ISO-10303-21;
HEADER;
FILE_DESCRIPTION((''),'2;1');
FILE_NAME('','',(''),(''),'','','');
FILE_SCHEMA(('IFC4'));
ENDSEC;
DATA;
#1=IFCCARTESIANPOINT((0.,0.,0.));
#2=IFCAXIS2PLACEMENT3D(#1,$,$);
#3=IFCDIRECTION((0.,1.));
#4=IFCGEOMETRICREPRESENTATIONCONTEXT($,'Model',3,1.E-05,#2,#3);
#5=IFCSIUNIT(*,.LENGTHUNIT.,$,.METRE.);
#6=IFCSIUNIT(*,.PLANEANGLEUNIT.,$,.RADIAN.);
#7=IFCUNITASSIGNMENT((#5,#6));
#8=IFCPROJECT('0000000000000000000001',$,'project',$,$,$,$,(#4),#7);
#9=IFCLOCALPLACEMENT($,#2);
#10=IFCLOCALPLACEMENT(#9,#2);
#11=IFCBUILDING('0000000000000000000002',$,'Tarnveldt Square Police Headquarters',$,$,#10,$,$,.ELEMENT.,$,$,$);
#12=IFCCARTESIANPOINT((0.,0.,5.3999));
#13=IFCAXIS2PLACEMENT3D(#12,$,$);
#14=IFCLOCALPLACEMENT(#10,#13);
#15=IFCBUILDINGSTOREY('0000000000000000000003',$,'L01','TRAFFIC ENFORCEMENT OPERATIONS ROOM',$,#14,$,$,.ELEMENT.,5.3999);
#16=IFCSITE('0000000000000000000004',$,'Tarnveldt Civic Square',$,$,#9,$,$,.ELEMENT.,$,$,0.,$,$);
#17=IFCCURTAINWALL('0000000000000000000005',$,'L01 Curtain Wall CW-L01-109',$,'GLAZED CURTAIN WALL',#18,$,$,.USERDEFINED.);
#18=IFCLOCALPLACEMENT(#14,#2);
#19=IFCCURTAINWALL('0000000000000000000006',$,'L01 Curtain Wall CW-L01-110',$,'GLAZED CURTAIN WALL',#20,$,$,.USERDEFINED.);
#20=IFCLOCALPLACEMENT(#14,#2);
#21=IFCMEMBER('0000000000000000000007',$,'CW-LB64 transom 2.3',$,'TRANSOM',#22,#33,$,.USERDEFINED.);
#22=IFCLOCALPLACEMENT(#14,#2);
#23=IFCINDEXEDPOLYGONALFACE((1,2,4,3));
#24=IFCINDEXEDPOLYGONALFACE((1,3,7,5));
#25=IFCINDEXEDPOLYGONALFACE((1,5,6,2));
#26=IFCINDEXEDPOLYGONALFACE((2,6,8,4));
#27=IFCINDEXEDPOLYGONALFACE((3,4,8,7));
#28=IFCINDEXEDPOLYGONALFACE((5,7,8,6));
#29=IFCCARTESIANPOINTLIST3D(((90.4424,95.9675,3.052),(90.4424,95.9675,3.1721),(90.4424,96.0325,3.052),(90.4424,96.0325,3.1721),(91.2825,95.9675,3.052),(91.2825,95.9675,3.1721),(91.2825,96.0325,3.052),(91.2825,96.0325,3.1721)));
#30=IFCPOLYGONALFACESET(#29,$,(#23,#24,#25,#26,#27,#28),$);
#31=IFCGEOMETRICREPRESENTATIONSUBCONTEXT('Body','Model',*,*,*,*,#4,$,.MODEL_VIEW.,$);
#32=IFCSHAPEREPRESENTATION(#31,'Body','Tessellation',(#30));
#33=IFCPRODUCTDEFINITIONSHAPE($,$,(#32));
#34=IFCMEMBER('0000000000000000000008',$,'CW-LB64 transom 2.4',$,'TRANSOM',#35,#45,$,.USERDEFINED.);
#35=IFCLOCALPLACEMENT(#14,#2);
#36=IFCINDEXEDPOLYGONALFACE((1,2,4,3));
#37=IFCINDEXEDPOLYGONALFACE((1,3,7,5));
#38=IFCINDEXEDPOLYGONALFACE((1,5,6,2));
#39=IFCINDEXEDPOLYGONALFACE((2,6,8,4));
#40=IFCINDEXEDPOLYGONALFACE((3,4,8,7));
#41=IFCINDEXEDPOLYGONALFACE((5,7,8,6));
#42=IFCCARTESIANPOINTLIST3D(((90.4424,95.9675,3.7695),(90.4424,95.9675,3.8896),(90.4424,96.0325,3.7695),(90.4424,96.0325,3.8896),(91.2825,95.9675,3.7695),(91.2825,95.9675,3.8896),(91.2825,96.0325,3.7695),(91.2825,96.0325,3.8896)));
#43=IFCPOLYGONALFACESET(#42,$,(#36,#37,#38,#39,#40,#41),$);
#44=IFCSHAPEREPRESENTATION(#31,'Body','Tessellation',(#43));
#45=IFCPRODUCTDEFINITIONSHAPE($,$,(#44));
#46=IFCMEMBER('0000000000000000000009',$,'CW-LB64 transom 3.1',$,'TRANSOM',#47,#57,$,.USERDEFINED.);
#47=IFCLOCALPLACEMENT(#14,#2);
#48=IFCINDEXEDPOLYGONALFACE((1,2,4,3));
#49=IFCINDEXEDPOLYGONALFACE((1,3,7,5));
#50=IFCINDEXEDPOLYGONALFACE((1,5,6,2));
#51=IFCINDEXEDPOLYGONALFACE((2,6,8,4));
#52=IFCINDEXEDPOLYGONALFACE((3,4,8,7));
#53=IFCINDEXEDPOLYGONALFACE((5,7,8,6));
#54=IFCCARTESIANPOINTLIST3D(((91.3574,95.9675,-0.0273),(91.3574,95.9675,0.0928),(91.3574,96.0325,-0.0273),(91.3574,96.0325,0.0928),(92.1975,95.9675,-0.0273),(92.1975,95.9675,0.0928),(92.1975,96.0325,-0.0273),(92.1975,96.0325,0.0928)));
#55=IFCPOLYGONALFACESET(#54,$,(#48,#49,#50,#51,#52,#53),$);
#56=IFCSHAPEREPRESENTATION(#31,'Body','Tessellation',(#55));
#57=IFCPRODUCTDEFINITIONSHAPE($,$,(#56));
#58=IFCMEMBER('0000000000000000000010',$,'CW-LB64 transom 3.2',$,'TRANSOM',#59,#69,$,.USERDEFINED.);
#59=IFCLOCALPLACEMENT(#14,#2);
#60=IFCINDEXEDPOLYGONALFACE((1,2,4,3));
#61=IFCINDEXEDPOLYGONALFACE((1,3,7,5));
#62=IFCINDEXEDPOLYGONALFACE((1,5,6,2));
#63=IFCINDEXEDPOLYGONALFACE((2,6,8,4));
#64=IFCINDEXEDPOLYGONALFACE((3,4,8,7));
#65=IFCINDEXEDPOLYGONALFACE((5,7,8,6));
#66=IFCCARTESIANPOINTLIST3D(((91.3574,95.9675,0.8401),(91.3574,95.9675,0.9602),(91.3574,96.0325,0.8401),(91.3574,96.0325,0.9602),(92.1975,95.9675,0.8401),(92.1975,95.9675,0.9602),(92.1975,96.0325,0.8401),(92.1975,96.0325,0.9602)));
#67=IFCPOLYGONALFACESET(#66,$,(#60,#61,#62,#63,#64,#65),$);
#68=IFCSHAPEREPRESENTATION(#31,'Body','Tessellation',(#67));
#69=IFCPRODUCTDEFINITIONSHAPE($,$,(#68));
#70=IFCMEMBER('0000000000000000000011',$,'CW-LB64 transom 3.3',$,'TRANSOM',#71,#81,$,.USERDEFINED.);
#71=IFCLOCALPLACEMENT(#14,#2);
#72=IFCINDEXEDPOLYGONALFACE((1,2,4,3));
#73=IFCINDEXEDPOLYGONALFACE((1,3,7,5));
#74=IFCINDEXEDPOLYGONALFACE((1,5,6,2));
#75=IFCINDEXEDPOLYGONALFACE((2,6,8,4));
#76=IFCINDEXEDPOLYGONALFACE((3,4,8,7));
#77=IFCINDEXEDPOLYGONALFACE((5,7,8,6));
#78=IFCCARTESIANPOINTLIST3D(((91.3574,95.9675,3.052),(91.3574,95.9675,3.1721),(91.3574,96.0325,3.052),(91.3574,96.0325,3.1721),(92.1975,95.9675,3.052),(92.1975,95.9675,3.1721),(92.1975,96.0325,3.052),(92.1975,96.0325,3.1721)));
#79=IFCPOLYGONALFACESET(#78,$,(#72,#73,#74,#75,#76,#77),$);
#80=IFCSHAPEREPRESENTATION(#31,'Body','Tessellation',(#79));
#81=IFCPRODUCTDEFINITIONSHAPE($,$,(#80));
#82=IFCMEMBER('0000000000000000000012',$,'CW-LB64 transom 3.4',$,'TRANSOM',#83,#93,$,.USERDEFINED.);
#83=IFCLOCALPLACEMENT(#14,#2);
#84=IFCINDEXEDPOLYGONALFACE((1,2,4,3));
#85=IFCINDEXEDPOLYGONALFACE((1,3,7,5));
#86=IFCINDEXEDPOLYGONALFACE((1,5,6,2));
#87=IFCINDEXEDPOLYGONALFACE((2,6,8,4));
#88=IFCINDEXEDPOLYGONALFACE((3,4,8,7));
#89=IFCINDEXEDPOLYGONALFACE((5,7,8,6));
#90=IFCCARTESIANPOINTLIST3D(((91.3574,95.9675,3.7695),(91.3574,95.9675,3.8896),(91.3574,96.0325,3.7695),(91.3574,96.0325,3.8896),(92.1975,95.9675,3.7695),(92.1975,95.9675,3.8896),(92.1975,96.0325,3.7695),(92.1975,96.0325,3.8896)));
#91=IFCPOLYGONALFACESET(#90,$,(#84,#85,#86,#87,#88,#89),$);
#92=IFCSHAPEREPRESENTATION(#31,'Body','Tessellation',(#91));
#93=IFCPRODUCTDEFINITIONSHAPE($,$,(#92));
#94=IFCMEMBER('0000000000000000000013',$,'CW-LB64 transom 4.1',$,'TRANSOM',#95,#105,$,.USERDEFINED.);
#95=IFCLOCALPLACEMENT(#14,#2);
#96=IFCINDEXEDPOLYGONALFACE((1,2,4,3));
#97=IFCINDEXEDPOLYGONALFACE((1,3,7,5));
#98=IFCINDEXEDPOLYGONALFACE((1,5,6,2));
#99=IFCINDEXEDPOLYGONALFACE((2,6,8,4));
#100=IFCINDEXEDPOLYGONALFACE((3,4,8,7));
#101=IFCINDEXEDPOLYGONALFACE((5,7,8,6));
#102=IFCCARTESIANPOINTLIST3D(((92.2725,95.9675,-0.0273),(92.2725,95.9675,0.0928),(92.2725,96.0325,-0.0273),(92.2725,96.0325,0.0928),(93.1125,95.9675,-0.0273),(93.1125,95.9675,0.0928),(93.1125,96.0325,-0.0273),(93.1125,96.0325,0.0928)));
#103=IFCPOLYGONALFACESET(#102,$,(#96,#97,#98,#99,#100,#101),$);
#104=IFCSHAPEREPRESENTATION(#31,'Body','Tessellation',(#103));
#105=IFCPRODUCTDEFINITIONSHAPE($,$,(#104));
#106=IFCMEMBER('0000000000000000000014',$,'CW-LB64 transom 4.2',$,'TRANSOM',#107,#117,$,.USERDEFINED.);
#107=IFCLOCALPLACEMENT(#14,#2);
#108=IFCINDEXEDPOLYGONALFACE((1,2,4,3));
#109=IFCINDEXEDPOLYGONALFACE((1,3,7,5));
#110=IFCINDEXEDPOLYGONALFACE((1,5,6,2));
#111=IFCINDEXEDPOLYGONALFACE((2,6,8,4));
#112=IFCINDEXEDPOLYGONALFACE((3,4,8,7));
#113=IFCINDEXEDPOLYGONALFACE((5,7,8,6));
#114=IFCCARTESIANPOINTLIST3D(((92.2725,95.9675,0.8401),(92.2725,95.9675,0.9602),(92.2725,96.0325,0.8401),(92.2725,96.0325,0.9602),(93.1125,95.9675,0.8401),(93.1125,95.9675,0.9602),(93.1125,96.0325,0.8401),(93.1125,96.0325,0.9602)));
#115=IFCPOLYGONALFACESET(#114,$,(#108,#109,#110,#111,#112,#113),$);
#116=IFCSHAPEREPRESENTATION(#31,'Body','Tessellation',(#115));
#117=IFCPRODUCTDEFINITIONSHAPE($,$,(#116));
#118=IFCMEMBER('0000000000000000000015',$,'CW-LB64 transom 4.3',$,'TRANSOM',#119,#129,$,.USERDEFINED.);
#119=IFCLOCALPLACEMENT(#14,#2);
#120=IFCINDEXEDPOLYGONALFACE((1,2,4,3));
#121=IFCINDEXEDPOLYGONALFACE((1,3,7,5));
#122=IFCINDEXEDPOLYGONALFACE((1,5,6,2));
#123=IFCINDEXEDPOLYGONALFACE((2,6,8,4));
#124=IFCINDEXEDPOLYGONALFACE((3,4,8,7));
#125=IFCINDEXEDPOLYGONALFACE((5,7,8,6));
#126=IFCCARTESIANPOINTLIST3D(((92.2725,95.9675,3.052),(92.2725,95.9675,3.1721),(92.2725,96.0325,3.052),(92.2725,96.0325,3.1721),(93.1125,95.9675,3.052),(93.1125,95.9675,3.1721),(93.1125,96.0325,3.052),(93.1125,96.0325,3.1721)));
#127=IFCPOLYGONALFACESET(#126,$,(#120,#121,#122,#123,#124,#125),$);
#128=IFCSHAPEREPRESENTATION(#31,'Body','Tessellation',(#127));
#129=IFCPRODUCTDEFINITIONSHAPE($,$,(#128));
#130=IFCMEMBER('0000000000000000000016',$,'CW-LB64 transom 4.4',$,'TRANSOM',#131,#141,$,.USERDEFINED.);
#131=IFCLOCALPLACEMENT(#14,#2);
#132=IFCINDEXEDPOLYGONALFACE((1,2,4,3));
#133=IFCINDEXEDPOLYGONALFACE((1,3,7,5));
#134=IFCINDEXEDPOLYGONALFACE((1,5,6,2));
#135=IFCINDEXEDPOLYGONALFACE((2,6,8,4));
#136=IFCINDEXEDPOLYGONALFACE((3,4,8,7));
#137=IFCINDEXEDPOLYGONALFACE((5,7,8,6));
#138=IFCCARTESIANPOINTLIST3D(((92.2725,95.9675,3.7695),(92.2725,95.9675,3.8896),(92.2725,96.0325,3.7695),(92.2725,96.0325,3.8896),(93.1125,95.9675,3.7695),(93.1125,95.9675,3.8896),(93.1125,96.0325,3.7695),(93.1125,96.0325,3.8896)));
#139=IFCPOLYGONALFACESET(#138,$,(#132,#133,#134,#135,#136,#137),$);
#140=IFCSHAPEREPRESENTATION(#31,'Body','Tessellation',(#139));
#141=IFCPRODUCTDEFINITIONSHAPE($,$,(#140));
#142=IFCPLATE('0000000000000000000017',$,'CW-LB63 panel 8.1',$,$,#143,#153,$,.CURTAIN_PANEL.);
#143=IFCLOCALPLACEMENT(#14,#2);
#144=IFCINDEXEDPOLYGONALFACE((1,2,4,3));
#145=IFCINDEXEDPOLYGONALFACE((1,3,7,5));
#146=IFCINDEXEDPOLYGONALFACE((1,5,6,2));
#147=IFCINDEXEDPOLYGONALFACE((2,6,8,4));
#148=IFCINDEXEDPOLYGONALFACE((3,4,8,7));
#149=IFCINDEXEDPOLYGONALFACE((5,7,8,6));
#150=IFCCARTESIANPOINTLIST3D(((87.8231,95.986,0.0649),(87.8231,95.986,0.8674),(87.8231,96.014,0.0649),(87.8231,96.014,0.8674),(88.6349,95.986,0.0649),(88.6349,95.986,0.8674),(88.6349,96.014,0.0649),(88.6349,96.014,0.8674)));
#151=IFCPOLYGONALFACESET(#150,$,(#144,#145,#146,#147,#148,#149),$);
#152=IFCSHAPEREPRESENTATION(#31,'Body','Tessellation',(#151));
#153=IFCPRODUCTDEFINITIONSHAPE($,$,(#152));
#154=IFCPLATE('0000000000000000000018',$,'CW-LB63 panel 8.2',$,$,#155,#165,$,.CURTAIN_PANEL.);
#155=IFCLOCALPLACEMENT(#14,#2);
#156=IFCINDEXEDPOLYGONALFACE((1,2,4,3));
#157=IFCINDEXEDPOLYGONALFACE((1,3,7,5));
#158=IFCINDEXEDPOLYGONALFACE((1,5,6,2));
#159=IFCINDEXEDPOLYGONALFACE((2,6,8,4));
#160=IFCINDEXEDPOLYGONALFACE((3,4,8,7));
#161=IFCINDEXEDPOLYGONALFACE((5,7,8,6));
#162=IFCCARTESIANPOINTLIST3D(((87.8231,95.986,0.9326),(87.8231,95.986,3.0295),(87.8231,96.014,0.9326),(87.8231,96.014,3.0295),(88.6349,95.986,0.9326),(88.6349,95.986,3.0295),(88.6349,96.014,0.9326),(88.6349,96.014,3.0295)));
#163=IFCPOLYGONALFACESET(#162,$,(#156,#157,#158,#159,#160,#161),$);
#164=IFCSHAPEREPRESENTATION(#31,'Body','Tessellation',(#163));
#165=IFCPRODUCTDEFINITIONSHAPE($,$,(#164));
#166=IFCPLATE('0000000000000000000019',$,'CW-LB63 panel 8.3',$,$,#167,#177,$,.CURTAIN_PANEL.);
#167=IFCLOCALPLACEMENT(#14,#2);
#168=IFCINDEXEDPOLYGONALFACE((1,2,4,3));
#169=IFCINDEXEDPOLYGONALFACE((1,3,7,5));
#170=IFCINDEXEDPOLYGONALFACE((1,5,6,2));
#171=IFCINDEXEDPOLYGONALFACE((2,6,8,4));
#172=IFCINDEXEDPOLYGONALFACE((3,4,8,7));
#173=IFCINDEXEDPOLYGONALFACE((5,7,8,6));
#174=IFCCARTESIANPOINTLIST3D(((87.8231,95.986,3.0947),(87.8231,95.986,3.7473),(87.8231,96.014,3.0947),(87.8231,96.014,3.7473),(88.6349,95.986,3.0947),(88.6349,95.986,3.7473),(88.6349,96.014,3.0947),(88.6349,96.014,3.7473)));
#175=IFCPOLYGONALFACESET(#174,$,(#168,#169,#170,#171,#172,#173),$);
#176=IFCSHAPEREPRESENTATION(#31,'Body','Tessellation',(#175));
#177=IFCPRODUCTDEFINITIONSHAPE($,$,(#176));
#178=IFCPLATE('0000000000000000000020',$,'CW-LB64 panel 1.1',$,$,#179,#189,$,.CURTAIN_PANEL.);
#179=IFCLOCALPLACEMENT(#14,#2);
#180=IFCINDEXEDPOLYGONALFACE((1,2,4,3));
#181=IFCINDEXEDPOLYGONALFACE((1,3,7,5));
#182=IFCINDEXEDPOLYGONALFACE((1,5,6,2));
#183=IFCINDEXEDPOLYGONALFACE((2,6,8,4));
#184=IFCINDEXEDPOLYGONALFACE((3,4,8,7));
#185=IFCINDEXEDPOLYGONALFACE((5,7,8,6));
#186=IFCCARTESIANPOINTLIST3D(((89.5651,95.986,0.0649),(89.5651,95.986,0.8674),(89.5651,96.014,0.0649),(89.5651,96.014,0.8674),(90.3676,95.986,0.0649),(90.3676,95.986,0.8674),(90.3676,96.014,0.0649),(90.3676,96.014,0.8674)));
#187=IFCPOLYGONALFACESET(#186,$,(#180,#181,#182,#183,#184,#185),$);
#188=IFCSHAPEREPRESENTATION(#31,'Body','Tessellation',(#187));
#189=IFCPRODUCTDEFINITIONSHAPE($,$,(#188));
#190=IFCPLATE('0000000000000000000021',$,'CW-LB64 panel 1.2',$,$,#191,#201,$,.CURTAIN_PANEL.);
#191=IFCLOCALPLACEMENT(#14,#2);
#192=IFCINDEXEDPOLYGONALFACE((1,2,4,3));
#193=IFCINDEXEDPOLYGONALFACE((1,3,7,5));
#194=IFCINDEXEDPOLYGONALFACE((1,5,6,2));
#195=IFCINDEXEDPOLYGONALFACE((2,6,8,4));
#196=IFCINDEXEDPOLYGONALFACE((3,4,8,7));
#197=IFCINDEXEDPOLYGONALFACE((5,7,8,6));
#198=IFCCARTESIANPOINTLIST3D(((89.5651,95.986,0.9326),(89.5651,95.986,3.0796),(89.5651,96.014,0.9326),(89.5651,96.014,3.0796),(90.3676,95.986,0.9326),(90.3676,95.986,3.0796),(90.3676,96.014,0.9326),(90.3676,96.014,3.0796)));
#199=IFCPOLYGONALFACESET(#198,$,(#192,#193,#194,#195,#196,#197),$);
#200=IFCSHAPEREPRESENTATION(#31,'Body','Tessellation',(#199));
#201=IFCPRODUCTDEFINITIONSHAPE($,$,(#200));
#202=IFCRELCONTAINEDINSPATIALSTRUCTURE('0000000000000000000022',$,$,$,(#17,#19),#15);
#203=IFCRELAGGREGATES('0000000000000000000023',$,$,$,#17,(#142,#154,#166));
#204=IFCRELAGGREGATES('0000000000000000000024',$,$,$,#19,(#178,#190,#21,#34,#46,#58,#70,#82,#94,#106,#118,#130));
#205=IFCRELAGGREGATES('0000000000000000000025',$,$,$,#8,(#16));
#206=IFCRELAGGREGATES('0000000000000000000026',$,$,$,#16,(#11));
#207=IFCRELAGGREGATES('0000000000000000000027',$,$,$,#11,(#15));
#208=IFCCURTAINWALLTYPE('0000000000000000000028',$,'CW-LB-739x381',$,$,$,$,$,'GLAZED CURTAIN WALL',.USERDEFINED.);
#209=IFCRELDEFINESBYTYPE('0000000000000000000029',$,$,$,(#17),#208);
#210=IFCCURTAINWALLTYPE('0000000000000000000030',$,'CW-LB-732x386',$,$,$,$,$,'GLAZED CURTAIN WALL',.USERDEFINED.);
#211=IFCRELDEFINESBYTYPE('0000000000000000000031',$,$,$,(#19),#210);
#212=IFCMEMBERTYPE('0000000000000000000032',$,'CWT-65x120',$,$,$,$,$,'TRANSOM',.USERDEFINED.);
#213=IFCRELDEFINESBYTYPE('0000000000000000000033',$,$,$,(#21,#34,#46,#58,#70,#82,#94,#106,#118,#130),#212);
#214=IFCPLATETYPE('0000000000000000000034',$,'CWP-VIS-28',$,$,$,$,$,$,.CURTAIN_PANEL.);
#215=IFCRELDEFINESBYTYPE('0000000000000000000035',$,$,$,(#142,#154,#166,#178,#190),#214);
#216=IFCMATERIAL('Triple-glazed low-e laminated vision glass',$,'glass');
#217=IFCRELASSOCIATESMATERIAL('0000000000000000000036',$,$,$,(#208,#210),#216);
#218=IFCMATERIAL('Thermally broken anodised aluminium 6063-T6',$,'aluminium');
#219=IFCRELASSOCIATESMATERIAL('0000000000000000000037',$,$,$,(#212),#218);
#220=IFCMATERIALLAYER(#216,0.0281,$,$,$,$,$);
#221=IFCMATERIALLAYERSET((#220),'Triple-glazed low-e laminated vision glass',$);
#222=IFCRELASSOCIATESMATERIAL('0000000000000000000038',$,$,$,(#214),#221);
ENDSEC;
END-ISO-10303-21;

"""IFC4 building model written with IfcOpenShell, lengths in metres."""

from ifc_helpers import new_model, si_unit, direction, frame, origin, origin_2d, place, context, subcontext, project, spatial, rectangle, extrude, material, layer, layer_set, material_profile, profile_set, type_object, element, aggregate, save


model = new_model("IFC4")

# Units and contexts
model_context = context("Model", 3, precision=1e-05, world=origin(), true_north=direction((0.0, 1.0)))
body_context = subcontext(model_context, "Body", "Model", "MODEL_VIEW")
ifc_project = project(units=[si_unit("LENGTHUNIT", "METRE"), si_unit("PLANEANGLEUNIT", "RADIAN")], contexts=[model_context])

# Site, building, storey
site_placement = place(None, origin())
site = spatial("IfcSite", under=ifc_project, at=site_placement, Name="Tarnveldt Civic Square", CompositionType="ELEMENT", RefElevation=0.0)
building_placement = place(site_placement, origin())
building = spatial("IfcBuilding", under=site, at=building_placement, Name="Tarnveldt Square Police Headquarters", CompositionType="ELEMENT")
storey_placement = place(building_placement, frame((0.0, 0.0, 5.3999)))
storey = spatial("IfcBuildingStorey", under=building, at=storey_placement, Name="L01", Description="TRAFFIC ENFORCEMENT OPERATIONS ROOM", CompositionType="ELEMENT", Elevation=5.3999)

# Curtain wall
ifc_material_1 = material(Name="Triple-glazed low-e laminated vision glass", Category="glass")
curtain_wall_type_1 = type_object("IfcCurtainWallType", Name="CW-LB-739x381", ElementType="GLAZED CURTAIN WALL", PredefinedType="USERDEFINED", material=ifc_material_1)
curtain_wall_1_placement = place(storey_placement, origin())
curtain_wall_1 = element("IfcCurtainWall", 1, at=curtain_wall_1_placement, inside=storey, type_object=curtain_wall_type_1, Name="L01 Curtain Wall CW-L01-109", ObjectType="GLAZED CURTAIN WALL", PredefinedType="USERDEFINED")
ifc_material_2 = material(Name="Thermally broken anodised aluminium 6063-T6", Category="aluminium")

# Curtain wall, members
curtain_wall_type_2 = type_object("IfcCurtainWallType", Name="CW-LB-732x386", ElementType="GLAZED CURTAIN WALL", PredefinedType="USERDEFINED", material=ifc_material_1)
curtain_wall_2_placement = place(storey_placement, origin())
curtain_wall_2 = element("IfcCurtainWall", 2, at=curtain_wall_2_placement, inside=storey, type_object=curtain_wall_type_2, Name="L01 Curtain Wall CW-L01-110", ObjectType="GLAZED CURTAIN WALL", PredefinedType="USERDEFINED")
ifc_material_profile_1 = material_profile(ifc_material_2, rectangle(XDim=0.0649, YDim=0.1201, at=origin_2d()), Name="CW-T65x120")
ifc_profile_set_1 = profile_set([ifc_material_profile_1], Name="Thermally broken anodised aluminium 6063-T6")
member_type_1 = type_object("IfcMemberType", Name="CWT-65x120", ElementType="TRANSOM", PredefinedType="USERDEFINED", material=ifc_profile_set_1)
member_1_placement = place(storey_placement, frame((90.4424, 96.0, 3.1121), z_axis=(1.0, 0.0, 0.0), x_axis=(0.0, 1.0, 0.0)))
member_1 = element("IfcMember", 3, at=member_1_placement, type_object=member_type_1, Name="CW-LB64 transom 2.3", ObjectType="TRANSOM", PredefinedType="USERDEFINED", context=body_context, shape_type="SweptSolid", body=[
    extrude(rectangle(XDim=0.0649, YDim=0.1201, at=origin_2d()), origin(), (0.0, 0.0, 1.0), 0.8401),
])
member_2_placement = place(storey_placement, frame((90.4424, 96.0, 3.8296), z_axis=(1.0, 0.0, 0.0), x_axis=(0.0, 1.0, 0.0)))
member_2 = element("IfcMember", 4, at=member_2_placement, type_object=member_type_1, Name="CW-LB64 transom 2.4", ObjectType="TRANSOM", PredefinedType="USERDEFINED", context=body_context, shape_type="SweptSolid", body=[
    extrude(rectangle(XDim=0.0649, YDim=0.1201, at=origin_2d()), origin(), (0.0, 0.0, 1.0), 0.8401),
])
member_3_placement = place(storey_placement, frame((91.3574, 96.0, 0.0327), z_axis=(1.0, 0.0, 0.0), x_axis=(0.0, 1.0, 0.0)))
member_3 = element("IfcMember", 5, at=member_3_placement, type_object=member_type_1, Name="CW-LB64 transom 3.1", ObjectType="TRANSOM", PredefinedType="USERDEFINED", context=body_context, shape_type="SweptSolid", body=[
    extrude(rectangle(XDim=0.0649, YDim=0.1201, at=origin_2d()), origin(), (0.0, 0.0, 1.0), 0.8401),
])
member_4_placement = place(storey_placement, frame((91.3574, 96.0, 0.9001), z_axis=(1.0, 0.0, 0.0), x_axis=(0.0, 1.0, 0.0)))
member_4 = element("IfcMember", 6, at=member_4_placement, type_object=member_type_1, Name="CW-LB64 transom 3.2", ObjectType="TRANSOM", PredefinedType="USERDEFINED", context=body_context, shape_type="SweptSolid", body=[
    extrude(rectangle(XDim=0.0649, YDim=0.1201, at=origin_2d()), origin(), (0.0, 0.0, 1.0), 0.8401),
])
member_5_placement = place(storey_placement, frame((91.3574, 96.0, 3.1121), z_axis=(1.0, 0.0, 0.0), x_axis=(0.0, 1.0, 0.0)))
member_5 = element("IfcMember", 7, at=member_5_placement, type_object=member_type_1, Name="CW-LB64 transom 3.3", ObjectType="TRANSOM", PredefinedType="USERDEFINED", context=body_context, shape_type="SweptSolid", body=[
    extrude(rectangle(XDim=0.0649, YDim=0.1201, at=origin_2d()), origin(), (0.0, 0.0, 1.0), 0.8401),
])
member_6_placement = place(storey_placement, frame((91.3574, 96.0, 3.8296), z_axis=(1.0, 0.0, 0.0), x_axis=(0.0, 1.0, 0.0)))
member_6 = element("IfcMember", 8, at=member_6_placement, type_object=member_type_1, Name="CW-LB64 transom 3.4", ObjectType="TRANSOM", PredefinedType="USERDEFINED", context=body_context, shape_type="SweptSolid", body=[
    extrude(rectangle(XDim=0.0649, YDim=0.1201, at=origin_2d()), origin(), (0.0, 0.0, 1.0), 0.8401),
])
member_7_placement = place(storey_placement, frame((92.2725, 96.0, 0.0327), z_axis=(1.0, 0.0, 0.0), x_axis=(0.0, 1.0, 0.0)))
member_7 = element("IfcMember", 9, at=member_7_placement, type_object=member_type_1, Name="CW-LB64 transom 4.1", ObjectType="TRANSOM", PredefinedType="USERDEFINED", context=body_context, shape_type="SweptSolid", body=[
    extrude(rectangle(XDim=0.0649, YDim=0.1201, at=origin_2d()), origin(), (0.0, 0.0, 1.0), 0.8401),
])
member_8_placement = place(storey_placement, frame((92.2725, 96.0, 0.9001), z_axis=(1.0, 0.0, 0.0), x_axis=(0.0, 1.0, 0.0)))
member_8 = element("IfcMember", 10, at=member_8_placement, type_object=member_type_1, Name="CW-LB64 transom 4.2", ObjectType="TRANSOM", PredefinedType="USERDEFINED", context=body_context, shape_type="SweptSolid", body=[
    extrude(rectangle(XDim=0.0649, YDim=0.1201, at=origin_2d()), origin(), (0.0, 0.0, 1.0), 0.8401),
])
member_9_placement = place(storey_placement, frame((92.2725, 96.0, 3.1121), z_axis=(1.0, 0.0, 0.0), x_axis=(0.0, 1.0, 0.0)))
member_9 = element("IfcMember", 11, at=member_9_placement, type_object=member_type_1, Name="CW-LB64 transom 4.3", ObjectType="TRANSOM", PredefinedType="USERDEFINED", context=body_context, shape_type="SweptSolid", body=[
    extrude(rectangle(XDim=0.0649, YDim=0.1201, at=origin_2d()), origin(), (0.0, 0.0, 1.0), 0.8401),
])
member_10_placement = place(storey_placement, frame((92.2725, 96.0, 3.8296), z_axis=(1.0, 0.0, 0.0), x_axis=(0.0, 1.0, 0.0)))
member_10 = element("IfcMember", 12, at=member_10_placement, type_object=member_type_1, Name="CW-LB64 transom 4.4", ObjectType="TRANSOM", PredefinedType="USERDEFINED", context=body_context, shape_type="SweptSolid", body=[
    extrude(rectangle(XDim=0.0649, YDim=0.1201, at=origin_2d()), origin(), (0.0, 0.0, 1.0), 0.8401),
])

# Plates
ifc_layer = layer(ifc_material_1, 0.0281)
ifc_layer_set = layer_set([ifc_layer], Name="Triple-glazed low-e laminated vision glass")
plate_type = type_object("IfcPlateType", Name="CWP-VIS-28", PredefinedType="CURTAIN_PANEL", material=ifc_layer_set)
plate_1_placement = place(storey_placement, frame((88.229, 96.0, 0.0649), z_axis=(0.0, 0.0, 1.0), x_axis=(1.0, 0.0, 0.0)))
plate_1 = element("IfcPlate", 13, at=plate_1_placement, type_object=plate_type, Name="CW-LB63 panel 8.1", PredefinedType="CURTAIN_PANEL", context=body_context, shape_type="SweptSolid", body=[
    extrude(rectangle(XDim=0.8118, YDim=0.0281, at=origin_2d()), origin(), (0.0, 0.0, 1.0), 0.8025),
])
plate_2_placement = place(storey_placement, frame((88.229, 96.0, 0.9326), z_axis=(0.0, 0.0, 1.0), x_axis=(1.0, 0.0, 0.0)))
plate_2 = element("IfcPlate", 14, at=plate_2_placement, type_object=plate_type, Name="CW-LB63 panel 8.2", PredefinedType="CURTAIN_PANEL", context=body_context, shape_type="SweptSolid", body=[
    extrude(rectangle(XDim=0.8118, YDim=0.0281, at=origin_2d()), origin(), (0.0, 0.0, 1.0), 2.0969),
])
plate_3_placement = place(storey_placement, frame((88.229, 96.0, 3.0947), z_axis=(0.0, 0.0, 1.0), x_axis=(1.0, 0.0, 0.0)))
plate_3 = element("IfcPlate", 15, at=plate_3_placement, type_object=plate_type, Name="CW-LB63 panel 8.3", PredefinedType="CURTAIN_PANEL", context=body_context, shape_type="SweptSolid", body=[
    extrude(rectangle(XDim=0.8118, YDim=0.0281, at=origin_2d()), origin(), (0.0, 0.0, 1.0), 0.6526),
])
aggregate(curtain_wall_1, [plate_1, plate_2, plate_3])
plate_4_placement = place(storey_placement, frame((89.9663, 96.0, 0.0649), z_axis=(0.0, 0.0, 1.0), x_axis=(1.0, 0.0, 0.0)))
plate_4 = element("IfcPlate", 16, at=plate_4_placement, type_object=plate_type, Name="CW-LB64 panel 1.1", PredefinedType="CURTAIN_PANEL", context=body_context, shape_type="SweptSolid", body=[
    extrude(rectangle(XDim=0.8025, YDim=0.0281, at=origin_2d()), origin(), (0.0, 0.0, 1.0), 0.8025),
])
plate_5_placement = place(storey_placement, frame((89.9663, 96.0, 0.9326), z_axis=(0.0, 0.0, 1.0), x_axis=(1.0, 0.0, 0.0)))
plate_5 = element("IfcPlate", 17, at=plate_5_placement, type_object=plate_type, Name="CW-LB64 panel 1.2", PredefinedType="CURTAIN_PANEL", context=body_context, shape_type="SweptSolid", body=[
    extrude(rectangle(XDim=0.8025, YDim=0.0281, at=origin_2d()), origin(), (0.0, 0.0, 1.0), 2.147),
])
aggregate(curtain_wall_2, [plate_4, plate_5, member_1, member_2, member_3, member_4, member_5, member_6, member_7, member_8, member_9, member_10])

save(model, "model.ifc")
